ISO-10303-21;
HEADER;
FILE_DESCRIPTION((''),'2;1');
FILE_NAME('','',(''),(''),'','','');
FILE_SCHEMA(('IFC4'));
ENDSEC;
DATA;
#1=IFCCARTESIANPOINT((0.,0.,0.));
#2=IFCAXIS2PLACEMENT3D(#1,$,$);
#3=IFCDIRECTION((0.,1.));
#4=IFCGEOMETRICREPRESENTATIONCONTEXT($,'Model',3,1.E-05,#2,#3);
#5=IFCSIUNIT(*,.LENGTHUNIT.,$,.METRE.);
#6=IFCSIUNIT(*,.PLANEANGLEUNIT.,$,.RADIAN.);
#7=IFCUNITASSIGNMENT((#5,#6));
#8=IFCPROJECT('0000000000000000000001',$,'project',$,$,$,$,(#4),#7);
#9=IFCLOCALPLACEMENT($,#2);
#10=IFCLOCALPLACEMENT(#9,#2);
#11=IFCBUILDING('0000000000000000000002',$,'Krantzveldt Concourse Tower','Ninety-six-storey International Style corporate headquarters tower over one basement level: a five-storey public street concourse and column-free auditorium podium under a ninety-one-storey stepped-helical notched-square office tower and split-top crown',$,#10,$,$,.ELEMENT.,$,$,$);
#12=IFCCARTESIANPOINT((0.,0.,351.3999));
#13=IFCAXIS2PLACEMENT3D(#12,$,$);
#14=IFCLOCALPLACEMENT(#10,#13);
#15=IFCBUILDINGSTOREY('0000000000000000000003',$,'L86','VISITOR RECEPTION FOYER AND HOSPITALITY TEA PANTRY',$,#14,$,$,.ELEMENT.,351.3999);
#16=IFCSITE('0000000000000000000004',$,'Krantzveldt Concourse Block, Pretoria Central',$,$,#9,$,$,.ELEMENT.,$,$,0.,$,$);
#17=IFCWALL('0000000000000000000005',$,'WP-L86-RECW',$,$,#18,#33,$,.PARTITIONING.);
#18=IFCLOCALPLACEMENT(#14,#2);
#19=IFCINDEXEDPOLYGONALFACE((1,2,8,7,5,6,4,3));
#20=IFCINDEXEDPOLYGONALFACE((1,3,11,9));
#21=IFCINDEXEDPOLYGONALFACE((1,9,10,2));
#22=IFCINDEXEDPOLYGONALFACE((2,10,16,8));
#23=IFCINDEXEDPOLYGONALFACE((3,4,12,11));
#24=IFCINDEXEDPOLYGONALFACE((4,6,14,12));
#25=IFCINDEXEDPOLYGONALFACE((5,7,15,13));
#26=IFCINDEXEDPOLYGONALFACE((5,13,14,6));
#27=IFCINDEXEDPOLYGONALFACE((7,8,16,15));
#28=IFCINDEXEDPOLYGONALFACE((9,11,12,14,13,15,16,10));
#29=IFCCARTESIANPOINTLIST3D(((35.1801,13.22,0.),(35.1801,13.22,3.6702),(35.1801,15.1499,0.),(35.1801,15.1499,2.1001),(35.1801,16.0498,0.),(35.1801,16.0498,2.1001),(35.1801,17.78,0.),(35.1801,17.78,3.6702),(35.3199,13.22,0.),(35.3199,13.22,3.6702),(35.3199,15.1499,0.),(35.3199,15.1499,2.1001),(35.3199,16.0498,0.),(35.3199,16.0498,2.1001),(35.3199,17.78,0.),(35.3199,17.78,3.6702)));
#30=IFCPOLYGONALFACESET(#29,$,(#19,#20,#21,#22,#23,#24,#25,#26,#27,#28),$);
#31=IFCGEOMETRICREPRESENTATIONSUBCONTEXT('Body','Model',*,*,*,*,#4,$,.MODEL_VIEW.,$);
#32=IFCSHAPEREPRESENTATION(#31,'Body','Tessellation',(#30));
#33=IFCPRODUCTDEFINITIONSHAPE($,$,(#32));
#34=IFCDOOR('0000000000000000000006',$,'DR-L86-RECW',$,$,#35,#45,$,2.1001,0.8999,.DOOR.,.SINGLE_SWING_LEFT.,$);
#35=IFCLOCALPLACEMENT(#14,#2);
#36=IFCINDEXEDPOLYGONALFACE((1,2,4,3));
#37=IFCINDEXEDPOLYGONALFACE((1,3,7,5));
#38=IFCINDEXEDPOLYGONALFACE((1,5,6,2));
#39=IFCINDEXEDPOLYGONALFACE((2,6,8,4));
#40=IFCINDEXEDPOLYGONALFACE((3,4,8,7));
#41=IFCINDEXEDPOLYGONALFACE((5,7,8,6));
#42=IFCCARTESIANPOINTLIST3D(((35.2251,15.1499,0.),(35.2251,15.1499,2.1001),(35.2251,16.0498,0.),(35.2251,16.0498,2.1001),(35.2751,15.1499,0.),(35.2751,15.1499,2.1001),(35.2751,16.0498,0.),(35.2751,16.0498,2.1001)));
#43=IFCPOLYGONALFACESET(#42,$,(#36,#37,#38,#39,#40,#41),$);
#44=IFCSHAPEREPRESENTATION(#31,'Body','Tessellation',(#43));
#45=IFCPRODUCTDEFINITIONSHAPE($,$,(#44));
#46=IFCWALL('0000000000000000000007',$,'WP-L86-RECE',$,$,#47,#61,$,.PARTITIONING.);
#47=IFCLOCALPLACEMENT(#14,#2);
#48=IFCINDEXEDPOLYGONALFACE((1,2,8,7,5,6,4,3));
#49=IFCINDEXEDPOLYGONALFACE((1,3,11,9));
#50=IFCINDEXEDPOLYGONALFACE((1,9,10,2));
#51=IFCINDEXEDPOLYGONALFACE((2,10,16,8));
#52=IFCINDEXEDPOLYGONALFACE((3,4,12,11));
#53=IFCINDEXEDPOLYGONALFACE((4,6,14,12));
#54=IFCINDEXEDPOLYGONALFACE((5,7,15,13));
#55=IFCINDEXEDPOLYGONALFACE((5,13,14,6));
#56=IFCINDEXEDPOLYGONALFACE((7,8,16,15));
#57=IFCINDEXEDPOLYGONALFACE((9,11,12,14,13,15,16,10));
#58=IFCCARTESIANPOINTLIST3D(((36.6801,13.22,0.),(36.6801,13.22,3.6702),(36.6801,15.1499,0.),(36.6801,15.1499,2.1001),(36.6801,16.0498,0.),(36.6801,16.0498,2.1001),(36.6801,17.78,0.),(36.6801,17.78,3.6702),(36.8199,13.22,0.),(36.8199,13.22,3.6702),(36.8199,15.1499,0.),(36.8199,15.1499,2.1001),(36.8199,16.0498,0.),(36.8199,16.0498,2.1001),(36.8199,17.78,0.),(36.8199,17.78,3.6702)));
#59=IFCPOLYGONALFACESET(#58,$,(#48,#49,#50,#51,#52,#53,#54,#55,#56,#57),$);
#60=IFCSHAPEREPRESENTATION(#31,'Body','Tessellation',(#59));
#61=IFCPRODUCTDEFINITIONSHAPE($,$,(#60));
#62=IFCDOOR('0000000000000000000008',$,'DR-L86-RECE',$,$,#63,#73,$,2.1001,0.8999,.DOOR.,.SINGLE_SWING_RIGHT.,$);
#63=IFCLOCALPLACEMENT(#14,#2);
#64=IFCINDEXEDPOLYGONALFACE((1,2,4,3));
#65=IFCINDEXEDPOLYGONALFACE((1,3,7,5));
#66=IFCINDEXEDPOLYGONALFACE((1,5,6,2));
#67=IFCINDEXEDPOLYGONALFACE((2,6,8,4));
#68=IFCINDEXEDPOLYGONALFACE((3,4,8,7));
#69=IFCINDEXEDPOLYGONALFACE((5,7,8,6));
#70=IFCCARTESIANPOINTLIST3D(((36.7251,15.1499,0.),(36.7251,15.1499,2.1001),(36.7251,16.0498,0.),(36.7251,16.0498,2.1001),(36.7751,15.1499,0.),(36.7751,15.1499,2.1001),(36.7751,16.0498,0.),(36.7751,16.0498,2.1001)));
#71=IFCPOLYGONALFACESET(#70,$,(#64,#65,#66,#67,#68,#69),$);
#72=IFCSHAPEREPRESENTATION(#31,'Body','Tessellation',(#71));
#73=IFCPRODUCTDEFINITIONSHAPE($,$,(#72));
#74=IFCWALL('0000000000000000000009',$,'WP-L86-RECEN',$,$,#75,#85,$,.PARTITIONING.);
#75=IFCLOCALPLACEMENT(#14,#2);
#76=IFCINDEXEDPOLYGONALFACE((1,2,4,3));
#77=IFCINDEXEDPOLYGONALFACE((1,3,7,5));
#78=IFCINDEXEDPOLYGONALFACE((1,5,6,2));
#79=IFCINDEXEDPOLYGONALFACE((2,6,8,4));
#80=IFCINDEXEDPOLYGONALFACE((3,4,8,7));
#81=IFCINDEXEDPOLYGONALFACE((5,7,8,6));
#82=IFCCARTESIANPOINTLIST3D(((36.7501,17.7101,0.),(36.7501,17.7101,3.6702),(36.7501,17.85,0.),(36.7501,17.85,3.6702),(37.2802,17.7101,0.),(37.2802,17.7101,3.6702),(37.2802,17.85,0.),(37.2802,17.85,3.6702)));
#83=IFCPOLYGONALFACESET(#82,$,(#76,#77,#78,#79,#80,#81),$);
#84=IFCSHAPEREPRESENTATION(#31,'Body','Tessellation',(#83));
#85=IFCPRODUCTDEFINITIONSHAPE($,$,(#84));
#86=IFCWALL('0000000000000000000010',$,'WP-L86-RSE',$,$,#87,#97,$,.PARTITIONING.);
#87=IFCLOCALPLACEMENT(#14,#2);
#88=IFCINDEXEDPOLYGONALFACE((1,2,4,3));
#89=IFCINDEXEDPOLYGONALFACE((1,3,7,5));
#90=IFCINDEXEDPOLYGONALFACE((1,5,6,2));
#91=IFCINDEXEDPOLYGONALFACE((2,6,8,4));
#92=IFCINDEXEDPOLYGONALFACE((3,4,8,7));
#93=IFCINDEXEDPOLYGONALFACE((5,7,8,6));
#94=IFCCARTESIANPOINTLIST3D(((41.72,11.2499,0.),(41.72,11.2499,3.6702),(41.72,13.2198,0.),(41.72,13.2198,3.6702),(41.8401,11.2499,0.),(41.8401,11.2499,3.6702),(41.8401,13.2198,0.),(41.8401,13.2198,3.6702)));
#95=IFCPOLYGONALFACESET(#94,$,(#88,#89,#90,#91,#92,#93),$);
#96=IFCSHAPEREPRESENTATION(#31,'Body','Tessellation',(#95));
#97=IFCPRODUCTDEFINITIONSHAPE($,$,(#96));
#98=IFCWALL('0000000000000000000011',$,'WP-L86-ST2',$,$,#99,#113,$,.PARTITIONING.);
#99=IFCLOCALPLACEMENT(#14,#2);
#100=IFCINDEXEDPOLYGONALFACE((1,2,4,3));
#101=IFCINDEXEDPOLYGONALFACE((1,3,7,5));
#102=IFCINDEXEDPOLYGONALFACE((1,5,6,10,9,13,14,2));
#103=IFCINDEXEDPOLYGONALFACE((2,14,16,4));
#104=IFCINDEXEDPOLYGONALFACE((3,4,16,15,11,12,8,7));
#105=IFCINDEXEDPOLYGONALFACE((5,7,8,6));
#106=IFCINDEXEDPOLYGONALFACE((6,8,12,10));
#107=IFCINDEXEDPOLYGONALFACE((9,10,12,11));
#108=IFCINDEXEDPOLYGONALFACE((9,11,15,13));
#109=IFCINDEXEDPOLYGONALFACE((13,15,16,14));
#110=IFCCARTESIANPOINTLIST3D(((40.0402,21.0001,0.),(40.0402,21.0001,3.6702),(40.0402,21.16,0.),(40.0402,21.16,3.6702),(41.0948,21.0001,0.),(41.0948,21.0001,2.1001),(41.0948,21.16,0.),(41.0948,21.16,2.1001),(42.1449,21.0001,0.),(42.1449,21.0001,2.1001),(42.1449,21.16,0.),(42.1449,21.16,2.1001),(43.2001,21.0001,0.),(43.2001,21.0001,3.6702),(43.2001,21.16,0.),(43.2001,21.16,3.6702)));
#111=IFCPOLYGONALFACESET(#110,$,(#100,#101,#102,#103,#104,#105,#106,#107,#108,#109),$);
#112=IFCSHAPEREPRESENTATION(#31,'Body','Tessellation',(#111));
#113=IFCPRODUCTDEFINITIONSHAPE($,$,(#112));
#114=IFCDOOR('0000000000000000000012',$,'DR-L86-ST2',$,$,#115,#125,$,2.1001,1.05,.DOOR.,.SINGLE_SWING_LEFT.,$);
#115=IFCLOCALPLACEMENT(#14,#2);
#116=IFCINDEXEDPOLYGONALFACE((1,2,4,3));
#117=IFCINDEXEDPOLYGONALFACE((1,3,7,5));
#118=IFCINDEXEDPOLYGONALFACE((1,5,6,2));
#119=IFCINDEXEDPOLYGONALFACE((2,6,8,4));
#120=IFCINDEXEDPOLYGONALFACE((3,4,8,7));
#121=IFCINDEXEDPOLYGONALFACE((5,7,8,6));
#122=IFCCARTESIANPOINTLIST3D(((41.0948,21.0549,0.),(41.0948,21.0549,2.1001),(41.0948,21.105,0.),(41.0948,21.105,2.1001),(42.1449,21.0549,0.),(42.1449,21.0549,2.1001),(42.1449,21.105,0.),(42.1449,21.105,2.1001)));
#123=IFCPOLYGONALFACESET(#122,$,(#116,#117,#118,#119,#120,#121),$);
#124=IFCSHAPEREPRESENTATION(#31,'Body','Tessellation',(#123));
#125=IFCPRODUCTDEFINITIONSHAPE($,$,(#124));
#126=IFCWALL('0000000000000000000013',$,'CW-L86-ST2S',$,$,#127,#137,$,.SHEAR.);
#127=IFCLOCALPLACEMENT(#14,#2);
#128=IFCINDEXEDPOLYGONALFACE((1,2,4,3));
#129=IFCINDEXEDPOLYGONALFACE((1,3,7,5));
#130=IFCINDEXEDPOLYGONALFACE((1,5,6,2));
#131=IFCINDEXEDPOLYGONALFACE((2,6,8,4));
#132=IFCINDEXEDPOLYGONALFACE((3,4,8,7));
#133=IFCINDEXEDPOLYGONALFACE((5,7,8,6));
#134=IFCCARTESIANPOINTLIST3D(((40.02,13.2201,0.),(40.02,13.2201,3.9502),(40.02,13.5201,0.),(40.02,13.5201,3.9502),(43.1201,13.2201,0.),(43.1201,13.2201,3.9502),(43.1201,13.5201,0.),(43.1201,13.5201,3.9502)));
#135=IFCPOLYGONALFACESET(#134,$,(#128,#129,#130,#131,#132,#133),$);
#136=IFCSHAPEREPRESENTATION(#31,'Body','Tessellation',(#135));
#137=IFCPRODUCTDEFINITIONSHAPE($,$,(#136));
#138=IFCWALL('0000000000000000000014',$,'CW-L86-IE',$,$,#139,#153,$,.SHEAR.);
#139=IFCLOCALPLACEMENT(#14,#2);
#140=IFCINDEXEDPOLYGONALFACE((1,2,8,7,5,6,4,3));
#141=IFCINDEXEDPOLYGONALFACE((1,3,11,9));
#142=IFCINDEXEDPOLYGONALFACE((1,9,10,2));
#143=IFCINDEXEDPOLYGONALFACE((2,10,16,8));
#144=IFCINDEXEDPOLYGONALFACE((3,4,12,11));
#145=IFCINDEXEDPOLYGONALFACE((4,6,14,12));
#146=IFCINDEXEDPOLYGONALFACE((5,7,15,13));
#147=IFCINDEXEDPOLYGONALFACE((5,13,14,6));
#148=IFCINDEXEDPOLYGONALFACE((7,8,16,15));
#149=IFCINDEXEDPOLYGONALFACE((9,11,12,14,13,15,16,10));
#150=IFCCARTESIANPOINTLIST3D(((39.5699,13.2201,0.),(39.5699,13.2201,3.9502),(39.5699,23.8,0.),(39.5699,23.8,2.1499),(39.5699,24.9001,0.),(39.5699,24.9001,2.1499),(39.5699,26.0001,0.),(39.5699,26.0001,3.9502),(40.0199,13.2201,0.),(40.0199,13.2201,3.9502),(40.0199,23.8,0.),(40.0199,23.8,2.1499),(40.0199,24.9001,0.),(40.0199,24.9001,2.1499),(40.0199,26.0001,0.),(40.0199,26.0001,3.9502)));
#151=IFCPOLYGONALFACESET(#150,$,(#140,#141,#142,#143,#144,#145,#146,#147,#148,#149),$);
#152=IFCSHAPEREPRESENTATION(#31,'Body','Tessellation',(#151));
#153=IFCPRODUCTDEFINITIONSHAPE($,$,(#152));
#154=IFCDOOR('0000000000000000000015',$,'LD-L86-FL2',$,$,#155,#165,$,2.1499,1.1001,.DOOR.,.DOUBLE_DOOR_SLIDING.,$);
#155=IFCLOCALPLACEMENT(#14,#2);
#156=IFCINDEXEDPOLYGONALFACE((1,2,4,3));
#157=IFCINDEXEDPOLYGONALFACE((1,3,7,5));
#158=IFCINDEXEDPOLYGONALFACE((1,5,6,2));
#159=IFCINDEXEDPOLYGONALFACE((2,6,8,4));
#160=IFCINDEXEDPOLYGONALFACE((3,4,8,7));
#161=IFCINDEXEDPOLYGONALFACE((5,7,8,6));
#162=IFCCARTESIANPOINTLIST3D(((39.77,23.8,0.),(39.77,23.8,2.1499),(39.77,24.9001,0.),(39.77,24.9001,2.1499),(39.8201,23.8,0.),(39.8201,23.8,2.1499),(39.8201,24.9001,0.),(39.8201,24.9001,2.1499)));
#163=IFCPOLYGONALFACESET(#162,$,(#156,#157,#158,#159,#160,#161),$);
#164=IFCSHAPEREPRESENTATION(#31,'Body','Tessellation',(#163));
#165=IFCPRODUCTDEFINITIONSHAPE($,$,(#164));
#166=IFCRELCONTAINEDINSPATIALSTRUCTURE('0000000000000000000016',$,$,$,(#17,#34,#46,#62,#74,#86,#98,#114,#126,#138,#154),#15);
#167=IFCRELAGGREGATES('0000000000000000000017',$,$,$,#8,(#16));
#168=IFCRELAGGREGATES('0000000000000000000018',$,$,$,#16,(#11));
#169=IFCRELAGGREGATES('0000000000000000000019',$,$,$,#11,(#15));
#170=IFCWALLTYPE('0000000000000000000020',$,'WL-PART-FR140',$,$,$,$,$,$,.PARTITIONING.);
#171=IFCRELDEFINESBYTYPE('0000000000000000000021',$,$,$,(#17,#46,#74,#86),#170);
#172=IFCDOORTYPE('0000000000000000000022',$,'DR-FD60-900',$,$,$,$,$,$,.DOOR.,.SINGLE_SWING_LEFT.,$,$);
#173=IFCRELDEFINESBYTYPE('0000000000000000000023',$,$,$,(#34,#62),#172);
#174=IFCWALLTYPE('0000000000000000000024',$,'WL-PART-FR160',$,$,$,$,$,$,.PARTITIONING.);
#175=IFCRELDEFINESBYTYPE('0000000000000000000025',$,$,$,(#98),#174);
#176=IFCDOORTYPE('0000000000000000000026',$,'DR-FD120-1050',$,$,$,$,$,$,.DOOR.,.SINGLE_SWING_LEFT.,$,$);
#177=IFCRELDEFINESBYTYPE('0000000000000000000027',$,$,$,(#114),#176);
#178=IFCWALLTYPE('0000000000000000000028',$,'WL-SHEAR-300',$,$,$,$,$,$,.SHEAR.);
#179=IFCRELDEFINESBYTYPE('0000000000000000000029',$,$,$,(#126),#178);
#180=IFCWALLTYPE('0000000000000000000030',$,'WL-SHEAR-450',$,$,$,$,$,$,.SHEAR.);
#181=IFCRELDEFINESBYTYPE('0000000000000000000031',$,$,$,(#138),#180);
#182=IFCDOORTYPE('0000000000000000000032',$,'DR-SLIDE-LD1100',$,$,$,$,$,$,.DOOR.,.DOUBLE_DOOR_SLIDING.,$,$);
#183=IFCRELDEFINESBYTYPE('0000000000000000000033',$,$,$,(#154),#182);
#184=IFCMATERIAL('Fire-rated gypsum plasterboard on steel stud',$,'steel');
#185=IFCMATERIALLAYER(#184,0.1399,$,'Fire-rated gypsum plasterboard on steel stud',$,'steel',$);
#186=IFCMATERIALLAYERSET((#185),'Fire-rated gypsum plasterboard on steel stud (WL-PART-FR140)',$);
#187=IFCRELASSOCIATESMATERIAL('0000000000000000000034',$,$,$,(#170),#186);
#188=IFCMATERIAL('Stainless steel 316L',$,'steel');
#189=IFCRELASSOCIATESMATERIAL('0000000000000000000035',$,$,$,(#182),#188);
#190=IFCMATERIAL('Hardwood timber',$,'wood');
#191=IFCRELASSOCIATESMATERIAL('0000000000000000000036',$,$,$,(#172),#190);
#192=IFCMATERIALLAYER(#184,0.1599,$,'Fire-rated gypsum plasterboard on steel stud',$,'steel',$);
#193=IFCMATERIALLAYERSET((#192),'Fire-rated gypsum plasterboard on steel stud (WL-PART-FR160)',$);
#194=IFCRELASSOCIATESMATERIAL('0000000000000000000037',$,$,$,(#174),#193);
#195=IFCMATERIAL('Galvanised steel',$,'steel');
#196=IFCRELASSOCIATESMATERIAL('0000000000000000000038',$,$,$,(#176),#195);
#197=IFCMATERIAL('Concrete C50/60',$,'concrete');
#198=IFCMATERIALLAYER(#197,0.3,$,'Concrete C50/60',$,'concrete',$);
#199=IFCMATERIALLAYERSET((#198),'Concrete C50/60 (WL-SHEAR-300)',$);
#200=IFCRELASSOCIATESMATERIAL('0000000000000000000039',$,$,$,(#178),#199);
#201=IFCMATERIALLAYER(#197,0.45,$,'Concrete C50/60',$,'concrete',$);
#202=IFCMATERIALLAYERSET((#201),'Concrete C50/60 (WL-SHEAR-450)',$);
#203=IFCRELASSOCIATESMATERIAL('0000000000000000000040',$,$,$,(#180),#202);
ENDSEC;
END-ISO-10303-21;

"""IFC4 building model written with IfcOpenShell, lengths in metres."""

from ifc_helpers import new_model, si_unit, direction, frame, frame_2d, origin, place, context, subcontext, project, spatial, rectangle, extrude, material, layer, layer_set, type_object, element, fill, save


model = new_model("IFC4")

# Units and contexts
model_context = context("Model", 3, precision=1e-05, world=origin(), true_north=direction((0.0, 1.0)))
body_context = subcontext(model_context, "Body", "Model", "MODEL_VIEW")
ifc_project = project(units=[si_unit("LENGTHUNIT", "METRE"), si_unit("PLANEANGLEUNIT", "RADIAN")], contexts=[model_context])

# Site, building, storey
site_placement = place(None, origin())
site = spatial("IfcSite", under=ifc_project, at=site_placement, Name="Krantzveldt Concourse Block, Pretoria Central", CompositionType="ELEMENT", RefElevation=0.0)
building_placement = place(site_placement, origin())
building = spatial("IfcBuilding", under=site, at=building_placement, Name="Krantzveldt Concourse Tower", Description="Ninety-six-storey International Style corporate headquarters tower over one basement level: a five-storey public street concourse and column-free auditorium podium under a ninety-one-storey stepped-helical notched-square office tower and split-top crown", CompositionType="ELEMENT")
storey_placement = place(building_placement, frame((0.0, 0.0, 351.3999)))
storey = spatial("IfcBuildingStorey", under=building, at=storey_placement, Name="L86", Description="VISITOR RECEPTION FOYER AND HOSPITALITY TEA PANTRY", CompositionType="ELEMENT", Elevation=351.3999)

# Shared definitions
ifc_material_1 = material(Name="Fire-rated gypsum plasterboard on steel stud", Category="steel")

# Shared definitions
ifc_layer_1 = layer(ifc_material_1, 0.1399, Name="Fire-rated gypsum plasterboard on steel stud", Category="steel")
ifc_layer_set_1 = layer_set([ifc_layer_1], Name="Fire-rated gypsum plasterboard on steel stud (WL-PART-FR140)")
wall_type_1 = type_object("IfcWallType", Name="WL-PART-FR140", PredefinedType="PARTITIONING", material=ifc_layer_set_1)
ifc_material_2 = material(Name="Stainless steel 316L", Category="steel")
door_type_1 = type_object("IfcDoorType", Name="DR-SLIDE-LD1100", OperationType="DOUBLE_DOOR_SLIDING", PredefinedType="DOOR", material=ifc_material_2)

# Walls, openings, doors
wall_1_placement = place(storey_placement, frame((35.25, 13.22, 0.0), z_axis=(0.0, 0.0, 1.0), x_axis=(0.0, 1.0, 0.0)))
wall_1 = element("IfcWall", 1, at=wall_1_placement, inside=storey, type_object=wall_type_1, Name="WP-L86-RECW", PredefinedType="PARTITIONING", context=body_context, shape_type="SweptSolid", body=[
    extrude(rectangle(XDim=4.5601, YDim=0.1399, at=frame_2d((2.28, 0.0))), origin(), (0.0, 0.0, 1.0), 3.6702),
])
opening_1_placement = place(wall_1_placement, frame((1.9299, 0.0, 0.0)))
opening_1 = element("IfcOpeningElement", 2, at=opening_1_placement, cuts=wall_1, PredefinedType="OPENING", context=body_context, shape_type="SweptSolid", body=[
    extrude(rectangle(XDim=0.8999, YDim=2.1001, at=frame_2d((0.45, 1.05))), frame((0.0, 0.0801, 0.0), z_axis=(0.0, -1.0, 0.0), x_axis=(1.0, 0.0, 0.0)), (0.0, 0.0, 1.0), 0.1599),
])
ifc_material_3 = material(Name="Hardwood timber", Category="wood")
door_type_2 = type_object("IfcDoorType", Name="DR-FD60-900", OperationType="SINGLE_SWING_LEFT", PredefinedType="DOOR", material=ifc_material_3)
door_1_placement = place(opening_1_placement, origin())
door_1 = element("IfcDoor", 3, at=door_1_placement, inside=storey, type_object=door_type_2, Name="DR-L86-RECW", OperationType="SINGLE_SWING_LEFT", OverallHeight=2.1001, OverallWidth=0.8999, PredefinedType="DOOR", context=body_context, shape_type="SweptSolid", body=[
    extrude(rectangle(XDim=0.8999, YDim=2.1001, at=frame_2d((0.45, 1.05))), frame((0.0, 0.0249, 0.0), z_axis=(0.0, -1.0, 0.0), x_axis=(1.0, 0.0, 0.0)), (0.0, 0.0, 1.0), 0.05),
])
fill(opening_1, door_1)
wall_2_placement = place(storey_placement, frame((36.75, 13.22, 0.0), z_axis=(0.0, 0.0, 1.0), x_axis=(0.0, 1.0, 0.0)))
wall_2 = element("IfcWall", 4, at=wall_2_placement, inside=storey, type_object=wall_type_1, Name="WP-L86-RECE", PredefinedType="PARTITIONING", context=body_context, shape_type="SweptSolid", body=[
    extrude(rectangle(XDim=4.5601, YDim=0.1399, at=frame_2d((2.28, 0.0))), origin(), (0.0, 0.0, 1.0), 3.6702),
])
opening_2_placement = place(wall_2_placement, frame((1.9299, 0.0, 0.0)))
opening_2 = element("IfcOpeningElement", 5, at=opening_2_placement, cuts=wall_2, PredefinedType="OPENING", context=body_context, shape_type="SweptSolid", body=[
    extrude(rectangle(XDim=0.8999, YDim=2.1001, at=frame_2d((0.45, 1.05))), frame((0.0, 0.0801, 0.0), z_axis=(0.0, -1.0, 0.0), x_axis=(1.0, 0.0, 0.0)), (0.0, 0.0, 1.0), 0.1599),
])
door_2_placement = place(opening_2_placement, origin())
door_2 = element("IfcDoor", 6, at=door_2_placement, inside=storey, type_object=door_type_2, Name="DR-L86-RECE", OperationType="SINGLE_SWING_RIGHT", OverallHeight=2.1001, OverallWidth=0.8999, PredefinedType="DOOR", context=body_context, shape_type="SweptSolid", body=[
    extrude(rectangle(XDim=0.8999, YDim=2.1001, at=frame_2d((0.45, 1.05))), frame((0.0, 0.0249, 0.0), z_axis=(0.0, -1.0, 0.0), x_axis=(1.0, 0.0, 0.0)), (0.0, 0.0, 1.0), 0.05),
])
fill(opening_2, door_2)

# Walls
wall_3_placement = place(storey_placement, frame((36.75, 17.78, 0.0), z_axis=(0.0, 0.0, 1.0), x_axis=(1.0, 0.0, 0.0)))
element("IfcWall", 7, at=wall_3_placement, inside=storey, type_object=wall_type_1, Name="WP-L86-RECEN", PredefinedType="PARTITIONING", context=body_context, shape_type="SweptSolid", body=[
    extrude(rectangle(XDim=0.53, YDim=0.1399, at=frame_2d((0.2651, 0.0))), origin(), (0.0, 0.0, 1.0), 3.6702),
])
wall_4_placement = place(storey_placement, frame((41.78, 11.25, 0.0), z_axis=(0.0, 0.0, 1.0), x_axis=(0.0, 1.0, 0.0)))
element("IfcWall", 8, at=wall_4_placement, inside=storey, type_object=wall_type_1, Name="WP-L86-RSE", PredefinedType="PARTITIONING", context=body_context, shape_type="SweptSolid", body=[
    extrude(rectangle(XDim=1.97, YDim=0.1201, at=frame_2d((0.9849, 0.0))), origin(), (0.0, 0.0, 1.0), 3.6702),
])

# Wall, opening, door
ifc_layer_2 = layer(ifc_material_1, 0.1599, Name="Fire-rated gypsum plasterboard on steel stud", Category="steel")
ifc_layer_set_2 = layer_set([ifc_layer_2], Name="Fire-rated gypsum plasterboard on steel stud (WL-PART-FR160)")
wall_type_2 = type_object("IfcWallType", Name="WL-PART-FR160", PredefinedType="PARTITIONING", material=ifc_layer_set_2)
wall_5_placement = place(storey_placement, frame((40.04, 21.0801, 0.0), z_axis=(0.0, 0.0, 1.0), x_axis=(1.0, 0.0, 0.0)))
wall_5 = element("IfcWall", 9, at=wall_5_placement, inside=storey, type_object=wall_type_2, Name="WP-L86-ST2", PredefinedType="PARTITIONING", context=body_context, shape_type="SweptSolid", body=[
    extrude(rectangle(XDim=3.1599, YDim=0.1599, at=frame_2d((1.5801, 0.0))), origin(), (0.0, 0.0, 1.0), 3.6702),
])
opening_3_placement = place(wall_5_placement, frame((1.0549, 0.0, 0.0)))
opening_3 = element("IfcOpeningElement", 10, at=opening_3_placement, cuts=wall_5, PredefinedType="OPENING", context=body_context, shape_type="SweptSolid", body=[
    extrude(rectangle(XDim=1.05, YDim=2.1001, at=frame_2d((0.5249, 1.05))), frame((0.0, 0.0898, 0.0), z_axis=(0.0, -1.0, 0.0), x_axis=(1.0, 0.0, 0.0)), (0.0, 0.0, 1.0), 0.1799),
])
ifc_material_4 = material(Name="Galvanised steel", Category="steel")
door_type_3 = type_object("IfcDoorType", Name="DR-FD120-1050", OperationType="SINGLE_SWING_LEFT", PredefinedType="DOOR", material=ifc_material_4)
door_3_placement = place(opening_3_placement, origin())
door_3 = element("IfcDoor", 11, at=door_3_placement, inside=storey, type_object=door_type_3, Name="DR-L86-ST2", OperationType="SINGLE_SWING_LEFT", OverallHeight=2.1001, OverallWidth=1.05, PredefinedType="DOOR", context=body_context, shape_type="SweptSolid", body=[
    extrude(rectangle(XDim=1.05, YDim=2.1001, at=frame_2d((0.5249, 1.05))), frame((0.0, 0.0249, 0.0), z_axis=(0.0, -1.0, 0.0), x_axis=(1.0, 0.0, 0.0)), (0.0, 0.0, 1.0), 0.05),
])
fill(opening_3, door_3)

# Wall
ifc_material_5 = material(Name="Concrete C50/60", Category="concrete")
ifc_layer_3 = layer(ifc_material_5, 0.3, Name="Concrete C50/60", Category="concrete")
ifc_layer_set_3 = layer_set([ifc_layer_3], Name="Concrete C50/60 (WL-SHEAR-300)")
wall_type_3 = type_object("IfcWallType", Name="WL-SHEAR-300", PredefinedType="SHEAR", material=ifc_layer_set_3)
wall_6_placement = place(storey_placement, frame((40.02, 13.3701, 0.0), z_axis=(0.0, 0.0, 1.0), x_axis=(1.0, 0.0, 0.0)))
element("IfcWall", 12, at=wall_6_placement, inside=storey, type_object=wall_type_3, Name="CW-L86-ST2S", PredefinedType="SHEAR", context=body_context, shape_type="SweptSolid", body=[
    extrude(rectangle(XDim=3.1001, YDim=0.3, at=frame_2d((1.55, 0.0))), origin(), (0.0, 0.0, 1.0), 3.9502),
])

# Wall, opening, door
ifc_layer_4 = layer(ifc_material_5, 0.45, Name="Concrete C50/60", Category="concrete")
ifc_layer_set_4 = layer_set([ifc_layer_4], Name="Concrete C50/60 (WL-SHEAR-450)")
wall_type_4 = type_object("IfcWallType", Name="WL-SHEAR-450", PredefinedType="SHEAR", material=ifc_layer_set_4)
wall_7_placement = place(storey_placement, frame((39.7949, 13.22, 0.0), z_axis=(0.0, 0.0, 1.0), x_axis=(0.0, 1.0, 0.0)))
wall_7 = element("IfcWall", 13, at=wall_7_placement, inside=storey, type_object=wall_type_4, Name="CW-L86-IE", PredefinedType="SHEAR", context=body_context, shape_type="SweptSolid", body=[
    extrude(rectangle(XDim=12.78, YDim=0.45, at=frame_2d((6.3901, 0.0))), origin(), (0.0, 0.0, 1.0), 3.9502),
])
opening_4_placement = place(wall_7_placement, frame((10.5801, 0.0, 0.0)))
opening_4 = element("IfcOpeningElement", 14, at=opening_4_placement, cuts=wall_7, PredefinedType="OPENING", context=body_context, shape_type="SweptSolid", body=[
    extrude(rectangle(XDim=1.1001, YDim=2.1499, at=frame_2d((0.55, 1.075))), frame((0.0, 0.2349, 0.0), z_axis=(0.0, -1.0, 0.0), x_axis=(1.0, 0.0, 0.0)), (0.0, 0.0, 1.0), 0.47),
])
door_4_placement = place(opening_4_placement, origin())
door_4 = element("IfcDoor", 15, at=door_4_placement, inside=storey, type_object=door_type_1, Name="LD-L86-FL2", OperationType="DOUBLE_DOOR_SLIDING", OverallHeight=2.1499, OverallWidth=1.1001, PredefinedType="DOOR", context=body_context, shape_type="SweptSolid", body=[
    extrude(rectangle(XDim=1.1001, YDim=2.1499, at=frame_2d((0.55, 1.075))), frame((0.0, 0.0249, 0.0), z_axis=(0.0, -1.0, 0.0), x_axis=(1.0, 0.0, 0.0)), (0.0, 0.0, 1.0), 0.05),
])
fill(opening_4, door_4)

save(model, "model.ifc")
